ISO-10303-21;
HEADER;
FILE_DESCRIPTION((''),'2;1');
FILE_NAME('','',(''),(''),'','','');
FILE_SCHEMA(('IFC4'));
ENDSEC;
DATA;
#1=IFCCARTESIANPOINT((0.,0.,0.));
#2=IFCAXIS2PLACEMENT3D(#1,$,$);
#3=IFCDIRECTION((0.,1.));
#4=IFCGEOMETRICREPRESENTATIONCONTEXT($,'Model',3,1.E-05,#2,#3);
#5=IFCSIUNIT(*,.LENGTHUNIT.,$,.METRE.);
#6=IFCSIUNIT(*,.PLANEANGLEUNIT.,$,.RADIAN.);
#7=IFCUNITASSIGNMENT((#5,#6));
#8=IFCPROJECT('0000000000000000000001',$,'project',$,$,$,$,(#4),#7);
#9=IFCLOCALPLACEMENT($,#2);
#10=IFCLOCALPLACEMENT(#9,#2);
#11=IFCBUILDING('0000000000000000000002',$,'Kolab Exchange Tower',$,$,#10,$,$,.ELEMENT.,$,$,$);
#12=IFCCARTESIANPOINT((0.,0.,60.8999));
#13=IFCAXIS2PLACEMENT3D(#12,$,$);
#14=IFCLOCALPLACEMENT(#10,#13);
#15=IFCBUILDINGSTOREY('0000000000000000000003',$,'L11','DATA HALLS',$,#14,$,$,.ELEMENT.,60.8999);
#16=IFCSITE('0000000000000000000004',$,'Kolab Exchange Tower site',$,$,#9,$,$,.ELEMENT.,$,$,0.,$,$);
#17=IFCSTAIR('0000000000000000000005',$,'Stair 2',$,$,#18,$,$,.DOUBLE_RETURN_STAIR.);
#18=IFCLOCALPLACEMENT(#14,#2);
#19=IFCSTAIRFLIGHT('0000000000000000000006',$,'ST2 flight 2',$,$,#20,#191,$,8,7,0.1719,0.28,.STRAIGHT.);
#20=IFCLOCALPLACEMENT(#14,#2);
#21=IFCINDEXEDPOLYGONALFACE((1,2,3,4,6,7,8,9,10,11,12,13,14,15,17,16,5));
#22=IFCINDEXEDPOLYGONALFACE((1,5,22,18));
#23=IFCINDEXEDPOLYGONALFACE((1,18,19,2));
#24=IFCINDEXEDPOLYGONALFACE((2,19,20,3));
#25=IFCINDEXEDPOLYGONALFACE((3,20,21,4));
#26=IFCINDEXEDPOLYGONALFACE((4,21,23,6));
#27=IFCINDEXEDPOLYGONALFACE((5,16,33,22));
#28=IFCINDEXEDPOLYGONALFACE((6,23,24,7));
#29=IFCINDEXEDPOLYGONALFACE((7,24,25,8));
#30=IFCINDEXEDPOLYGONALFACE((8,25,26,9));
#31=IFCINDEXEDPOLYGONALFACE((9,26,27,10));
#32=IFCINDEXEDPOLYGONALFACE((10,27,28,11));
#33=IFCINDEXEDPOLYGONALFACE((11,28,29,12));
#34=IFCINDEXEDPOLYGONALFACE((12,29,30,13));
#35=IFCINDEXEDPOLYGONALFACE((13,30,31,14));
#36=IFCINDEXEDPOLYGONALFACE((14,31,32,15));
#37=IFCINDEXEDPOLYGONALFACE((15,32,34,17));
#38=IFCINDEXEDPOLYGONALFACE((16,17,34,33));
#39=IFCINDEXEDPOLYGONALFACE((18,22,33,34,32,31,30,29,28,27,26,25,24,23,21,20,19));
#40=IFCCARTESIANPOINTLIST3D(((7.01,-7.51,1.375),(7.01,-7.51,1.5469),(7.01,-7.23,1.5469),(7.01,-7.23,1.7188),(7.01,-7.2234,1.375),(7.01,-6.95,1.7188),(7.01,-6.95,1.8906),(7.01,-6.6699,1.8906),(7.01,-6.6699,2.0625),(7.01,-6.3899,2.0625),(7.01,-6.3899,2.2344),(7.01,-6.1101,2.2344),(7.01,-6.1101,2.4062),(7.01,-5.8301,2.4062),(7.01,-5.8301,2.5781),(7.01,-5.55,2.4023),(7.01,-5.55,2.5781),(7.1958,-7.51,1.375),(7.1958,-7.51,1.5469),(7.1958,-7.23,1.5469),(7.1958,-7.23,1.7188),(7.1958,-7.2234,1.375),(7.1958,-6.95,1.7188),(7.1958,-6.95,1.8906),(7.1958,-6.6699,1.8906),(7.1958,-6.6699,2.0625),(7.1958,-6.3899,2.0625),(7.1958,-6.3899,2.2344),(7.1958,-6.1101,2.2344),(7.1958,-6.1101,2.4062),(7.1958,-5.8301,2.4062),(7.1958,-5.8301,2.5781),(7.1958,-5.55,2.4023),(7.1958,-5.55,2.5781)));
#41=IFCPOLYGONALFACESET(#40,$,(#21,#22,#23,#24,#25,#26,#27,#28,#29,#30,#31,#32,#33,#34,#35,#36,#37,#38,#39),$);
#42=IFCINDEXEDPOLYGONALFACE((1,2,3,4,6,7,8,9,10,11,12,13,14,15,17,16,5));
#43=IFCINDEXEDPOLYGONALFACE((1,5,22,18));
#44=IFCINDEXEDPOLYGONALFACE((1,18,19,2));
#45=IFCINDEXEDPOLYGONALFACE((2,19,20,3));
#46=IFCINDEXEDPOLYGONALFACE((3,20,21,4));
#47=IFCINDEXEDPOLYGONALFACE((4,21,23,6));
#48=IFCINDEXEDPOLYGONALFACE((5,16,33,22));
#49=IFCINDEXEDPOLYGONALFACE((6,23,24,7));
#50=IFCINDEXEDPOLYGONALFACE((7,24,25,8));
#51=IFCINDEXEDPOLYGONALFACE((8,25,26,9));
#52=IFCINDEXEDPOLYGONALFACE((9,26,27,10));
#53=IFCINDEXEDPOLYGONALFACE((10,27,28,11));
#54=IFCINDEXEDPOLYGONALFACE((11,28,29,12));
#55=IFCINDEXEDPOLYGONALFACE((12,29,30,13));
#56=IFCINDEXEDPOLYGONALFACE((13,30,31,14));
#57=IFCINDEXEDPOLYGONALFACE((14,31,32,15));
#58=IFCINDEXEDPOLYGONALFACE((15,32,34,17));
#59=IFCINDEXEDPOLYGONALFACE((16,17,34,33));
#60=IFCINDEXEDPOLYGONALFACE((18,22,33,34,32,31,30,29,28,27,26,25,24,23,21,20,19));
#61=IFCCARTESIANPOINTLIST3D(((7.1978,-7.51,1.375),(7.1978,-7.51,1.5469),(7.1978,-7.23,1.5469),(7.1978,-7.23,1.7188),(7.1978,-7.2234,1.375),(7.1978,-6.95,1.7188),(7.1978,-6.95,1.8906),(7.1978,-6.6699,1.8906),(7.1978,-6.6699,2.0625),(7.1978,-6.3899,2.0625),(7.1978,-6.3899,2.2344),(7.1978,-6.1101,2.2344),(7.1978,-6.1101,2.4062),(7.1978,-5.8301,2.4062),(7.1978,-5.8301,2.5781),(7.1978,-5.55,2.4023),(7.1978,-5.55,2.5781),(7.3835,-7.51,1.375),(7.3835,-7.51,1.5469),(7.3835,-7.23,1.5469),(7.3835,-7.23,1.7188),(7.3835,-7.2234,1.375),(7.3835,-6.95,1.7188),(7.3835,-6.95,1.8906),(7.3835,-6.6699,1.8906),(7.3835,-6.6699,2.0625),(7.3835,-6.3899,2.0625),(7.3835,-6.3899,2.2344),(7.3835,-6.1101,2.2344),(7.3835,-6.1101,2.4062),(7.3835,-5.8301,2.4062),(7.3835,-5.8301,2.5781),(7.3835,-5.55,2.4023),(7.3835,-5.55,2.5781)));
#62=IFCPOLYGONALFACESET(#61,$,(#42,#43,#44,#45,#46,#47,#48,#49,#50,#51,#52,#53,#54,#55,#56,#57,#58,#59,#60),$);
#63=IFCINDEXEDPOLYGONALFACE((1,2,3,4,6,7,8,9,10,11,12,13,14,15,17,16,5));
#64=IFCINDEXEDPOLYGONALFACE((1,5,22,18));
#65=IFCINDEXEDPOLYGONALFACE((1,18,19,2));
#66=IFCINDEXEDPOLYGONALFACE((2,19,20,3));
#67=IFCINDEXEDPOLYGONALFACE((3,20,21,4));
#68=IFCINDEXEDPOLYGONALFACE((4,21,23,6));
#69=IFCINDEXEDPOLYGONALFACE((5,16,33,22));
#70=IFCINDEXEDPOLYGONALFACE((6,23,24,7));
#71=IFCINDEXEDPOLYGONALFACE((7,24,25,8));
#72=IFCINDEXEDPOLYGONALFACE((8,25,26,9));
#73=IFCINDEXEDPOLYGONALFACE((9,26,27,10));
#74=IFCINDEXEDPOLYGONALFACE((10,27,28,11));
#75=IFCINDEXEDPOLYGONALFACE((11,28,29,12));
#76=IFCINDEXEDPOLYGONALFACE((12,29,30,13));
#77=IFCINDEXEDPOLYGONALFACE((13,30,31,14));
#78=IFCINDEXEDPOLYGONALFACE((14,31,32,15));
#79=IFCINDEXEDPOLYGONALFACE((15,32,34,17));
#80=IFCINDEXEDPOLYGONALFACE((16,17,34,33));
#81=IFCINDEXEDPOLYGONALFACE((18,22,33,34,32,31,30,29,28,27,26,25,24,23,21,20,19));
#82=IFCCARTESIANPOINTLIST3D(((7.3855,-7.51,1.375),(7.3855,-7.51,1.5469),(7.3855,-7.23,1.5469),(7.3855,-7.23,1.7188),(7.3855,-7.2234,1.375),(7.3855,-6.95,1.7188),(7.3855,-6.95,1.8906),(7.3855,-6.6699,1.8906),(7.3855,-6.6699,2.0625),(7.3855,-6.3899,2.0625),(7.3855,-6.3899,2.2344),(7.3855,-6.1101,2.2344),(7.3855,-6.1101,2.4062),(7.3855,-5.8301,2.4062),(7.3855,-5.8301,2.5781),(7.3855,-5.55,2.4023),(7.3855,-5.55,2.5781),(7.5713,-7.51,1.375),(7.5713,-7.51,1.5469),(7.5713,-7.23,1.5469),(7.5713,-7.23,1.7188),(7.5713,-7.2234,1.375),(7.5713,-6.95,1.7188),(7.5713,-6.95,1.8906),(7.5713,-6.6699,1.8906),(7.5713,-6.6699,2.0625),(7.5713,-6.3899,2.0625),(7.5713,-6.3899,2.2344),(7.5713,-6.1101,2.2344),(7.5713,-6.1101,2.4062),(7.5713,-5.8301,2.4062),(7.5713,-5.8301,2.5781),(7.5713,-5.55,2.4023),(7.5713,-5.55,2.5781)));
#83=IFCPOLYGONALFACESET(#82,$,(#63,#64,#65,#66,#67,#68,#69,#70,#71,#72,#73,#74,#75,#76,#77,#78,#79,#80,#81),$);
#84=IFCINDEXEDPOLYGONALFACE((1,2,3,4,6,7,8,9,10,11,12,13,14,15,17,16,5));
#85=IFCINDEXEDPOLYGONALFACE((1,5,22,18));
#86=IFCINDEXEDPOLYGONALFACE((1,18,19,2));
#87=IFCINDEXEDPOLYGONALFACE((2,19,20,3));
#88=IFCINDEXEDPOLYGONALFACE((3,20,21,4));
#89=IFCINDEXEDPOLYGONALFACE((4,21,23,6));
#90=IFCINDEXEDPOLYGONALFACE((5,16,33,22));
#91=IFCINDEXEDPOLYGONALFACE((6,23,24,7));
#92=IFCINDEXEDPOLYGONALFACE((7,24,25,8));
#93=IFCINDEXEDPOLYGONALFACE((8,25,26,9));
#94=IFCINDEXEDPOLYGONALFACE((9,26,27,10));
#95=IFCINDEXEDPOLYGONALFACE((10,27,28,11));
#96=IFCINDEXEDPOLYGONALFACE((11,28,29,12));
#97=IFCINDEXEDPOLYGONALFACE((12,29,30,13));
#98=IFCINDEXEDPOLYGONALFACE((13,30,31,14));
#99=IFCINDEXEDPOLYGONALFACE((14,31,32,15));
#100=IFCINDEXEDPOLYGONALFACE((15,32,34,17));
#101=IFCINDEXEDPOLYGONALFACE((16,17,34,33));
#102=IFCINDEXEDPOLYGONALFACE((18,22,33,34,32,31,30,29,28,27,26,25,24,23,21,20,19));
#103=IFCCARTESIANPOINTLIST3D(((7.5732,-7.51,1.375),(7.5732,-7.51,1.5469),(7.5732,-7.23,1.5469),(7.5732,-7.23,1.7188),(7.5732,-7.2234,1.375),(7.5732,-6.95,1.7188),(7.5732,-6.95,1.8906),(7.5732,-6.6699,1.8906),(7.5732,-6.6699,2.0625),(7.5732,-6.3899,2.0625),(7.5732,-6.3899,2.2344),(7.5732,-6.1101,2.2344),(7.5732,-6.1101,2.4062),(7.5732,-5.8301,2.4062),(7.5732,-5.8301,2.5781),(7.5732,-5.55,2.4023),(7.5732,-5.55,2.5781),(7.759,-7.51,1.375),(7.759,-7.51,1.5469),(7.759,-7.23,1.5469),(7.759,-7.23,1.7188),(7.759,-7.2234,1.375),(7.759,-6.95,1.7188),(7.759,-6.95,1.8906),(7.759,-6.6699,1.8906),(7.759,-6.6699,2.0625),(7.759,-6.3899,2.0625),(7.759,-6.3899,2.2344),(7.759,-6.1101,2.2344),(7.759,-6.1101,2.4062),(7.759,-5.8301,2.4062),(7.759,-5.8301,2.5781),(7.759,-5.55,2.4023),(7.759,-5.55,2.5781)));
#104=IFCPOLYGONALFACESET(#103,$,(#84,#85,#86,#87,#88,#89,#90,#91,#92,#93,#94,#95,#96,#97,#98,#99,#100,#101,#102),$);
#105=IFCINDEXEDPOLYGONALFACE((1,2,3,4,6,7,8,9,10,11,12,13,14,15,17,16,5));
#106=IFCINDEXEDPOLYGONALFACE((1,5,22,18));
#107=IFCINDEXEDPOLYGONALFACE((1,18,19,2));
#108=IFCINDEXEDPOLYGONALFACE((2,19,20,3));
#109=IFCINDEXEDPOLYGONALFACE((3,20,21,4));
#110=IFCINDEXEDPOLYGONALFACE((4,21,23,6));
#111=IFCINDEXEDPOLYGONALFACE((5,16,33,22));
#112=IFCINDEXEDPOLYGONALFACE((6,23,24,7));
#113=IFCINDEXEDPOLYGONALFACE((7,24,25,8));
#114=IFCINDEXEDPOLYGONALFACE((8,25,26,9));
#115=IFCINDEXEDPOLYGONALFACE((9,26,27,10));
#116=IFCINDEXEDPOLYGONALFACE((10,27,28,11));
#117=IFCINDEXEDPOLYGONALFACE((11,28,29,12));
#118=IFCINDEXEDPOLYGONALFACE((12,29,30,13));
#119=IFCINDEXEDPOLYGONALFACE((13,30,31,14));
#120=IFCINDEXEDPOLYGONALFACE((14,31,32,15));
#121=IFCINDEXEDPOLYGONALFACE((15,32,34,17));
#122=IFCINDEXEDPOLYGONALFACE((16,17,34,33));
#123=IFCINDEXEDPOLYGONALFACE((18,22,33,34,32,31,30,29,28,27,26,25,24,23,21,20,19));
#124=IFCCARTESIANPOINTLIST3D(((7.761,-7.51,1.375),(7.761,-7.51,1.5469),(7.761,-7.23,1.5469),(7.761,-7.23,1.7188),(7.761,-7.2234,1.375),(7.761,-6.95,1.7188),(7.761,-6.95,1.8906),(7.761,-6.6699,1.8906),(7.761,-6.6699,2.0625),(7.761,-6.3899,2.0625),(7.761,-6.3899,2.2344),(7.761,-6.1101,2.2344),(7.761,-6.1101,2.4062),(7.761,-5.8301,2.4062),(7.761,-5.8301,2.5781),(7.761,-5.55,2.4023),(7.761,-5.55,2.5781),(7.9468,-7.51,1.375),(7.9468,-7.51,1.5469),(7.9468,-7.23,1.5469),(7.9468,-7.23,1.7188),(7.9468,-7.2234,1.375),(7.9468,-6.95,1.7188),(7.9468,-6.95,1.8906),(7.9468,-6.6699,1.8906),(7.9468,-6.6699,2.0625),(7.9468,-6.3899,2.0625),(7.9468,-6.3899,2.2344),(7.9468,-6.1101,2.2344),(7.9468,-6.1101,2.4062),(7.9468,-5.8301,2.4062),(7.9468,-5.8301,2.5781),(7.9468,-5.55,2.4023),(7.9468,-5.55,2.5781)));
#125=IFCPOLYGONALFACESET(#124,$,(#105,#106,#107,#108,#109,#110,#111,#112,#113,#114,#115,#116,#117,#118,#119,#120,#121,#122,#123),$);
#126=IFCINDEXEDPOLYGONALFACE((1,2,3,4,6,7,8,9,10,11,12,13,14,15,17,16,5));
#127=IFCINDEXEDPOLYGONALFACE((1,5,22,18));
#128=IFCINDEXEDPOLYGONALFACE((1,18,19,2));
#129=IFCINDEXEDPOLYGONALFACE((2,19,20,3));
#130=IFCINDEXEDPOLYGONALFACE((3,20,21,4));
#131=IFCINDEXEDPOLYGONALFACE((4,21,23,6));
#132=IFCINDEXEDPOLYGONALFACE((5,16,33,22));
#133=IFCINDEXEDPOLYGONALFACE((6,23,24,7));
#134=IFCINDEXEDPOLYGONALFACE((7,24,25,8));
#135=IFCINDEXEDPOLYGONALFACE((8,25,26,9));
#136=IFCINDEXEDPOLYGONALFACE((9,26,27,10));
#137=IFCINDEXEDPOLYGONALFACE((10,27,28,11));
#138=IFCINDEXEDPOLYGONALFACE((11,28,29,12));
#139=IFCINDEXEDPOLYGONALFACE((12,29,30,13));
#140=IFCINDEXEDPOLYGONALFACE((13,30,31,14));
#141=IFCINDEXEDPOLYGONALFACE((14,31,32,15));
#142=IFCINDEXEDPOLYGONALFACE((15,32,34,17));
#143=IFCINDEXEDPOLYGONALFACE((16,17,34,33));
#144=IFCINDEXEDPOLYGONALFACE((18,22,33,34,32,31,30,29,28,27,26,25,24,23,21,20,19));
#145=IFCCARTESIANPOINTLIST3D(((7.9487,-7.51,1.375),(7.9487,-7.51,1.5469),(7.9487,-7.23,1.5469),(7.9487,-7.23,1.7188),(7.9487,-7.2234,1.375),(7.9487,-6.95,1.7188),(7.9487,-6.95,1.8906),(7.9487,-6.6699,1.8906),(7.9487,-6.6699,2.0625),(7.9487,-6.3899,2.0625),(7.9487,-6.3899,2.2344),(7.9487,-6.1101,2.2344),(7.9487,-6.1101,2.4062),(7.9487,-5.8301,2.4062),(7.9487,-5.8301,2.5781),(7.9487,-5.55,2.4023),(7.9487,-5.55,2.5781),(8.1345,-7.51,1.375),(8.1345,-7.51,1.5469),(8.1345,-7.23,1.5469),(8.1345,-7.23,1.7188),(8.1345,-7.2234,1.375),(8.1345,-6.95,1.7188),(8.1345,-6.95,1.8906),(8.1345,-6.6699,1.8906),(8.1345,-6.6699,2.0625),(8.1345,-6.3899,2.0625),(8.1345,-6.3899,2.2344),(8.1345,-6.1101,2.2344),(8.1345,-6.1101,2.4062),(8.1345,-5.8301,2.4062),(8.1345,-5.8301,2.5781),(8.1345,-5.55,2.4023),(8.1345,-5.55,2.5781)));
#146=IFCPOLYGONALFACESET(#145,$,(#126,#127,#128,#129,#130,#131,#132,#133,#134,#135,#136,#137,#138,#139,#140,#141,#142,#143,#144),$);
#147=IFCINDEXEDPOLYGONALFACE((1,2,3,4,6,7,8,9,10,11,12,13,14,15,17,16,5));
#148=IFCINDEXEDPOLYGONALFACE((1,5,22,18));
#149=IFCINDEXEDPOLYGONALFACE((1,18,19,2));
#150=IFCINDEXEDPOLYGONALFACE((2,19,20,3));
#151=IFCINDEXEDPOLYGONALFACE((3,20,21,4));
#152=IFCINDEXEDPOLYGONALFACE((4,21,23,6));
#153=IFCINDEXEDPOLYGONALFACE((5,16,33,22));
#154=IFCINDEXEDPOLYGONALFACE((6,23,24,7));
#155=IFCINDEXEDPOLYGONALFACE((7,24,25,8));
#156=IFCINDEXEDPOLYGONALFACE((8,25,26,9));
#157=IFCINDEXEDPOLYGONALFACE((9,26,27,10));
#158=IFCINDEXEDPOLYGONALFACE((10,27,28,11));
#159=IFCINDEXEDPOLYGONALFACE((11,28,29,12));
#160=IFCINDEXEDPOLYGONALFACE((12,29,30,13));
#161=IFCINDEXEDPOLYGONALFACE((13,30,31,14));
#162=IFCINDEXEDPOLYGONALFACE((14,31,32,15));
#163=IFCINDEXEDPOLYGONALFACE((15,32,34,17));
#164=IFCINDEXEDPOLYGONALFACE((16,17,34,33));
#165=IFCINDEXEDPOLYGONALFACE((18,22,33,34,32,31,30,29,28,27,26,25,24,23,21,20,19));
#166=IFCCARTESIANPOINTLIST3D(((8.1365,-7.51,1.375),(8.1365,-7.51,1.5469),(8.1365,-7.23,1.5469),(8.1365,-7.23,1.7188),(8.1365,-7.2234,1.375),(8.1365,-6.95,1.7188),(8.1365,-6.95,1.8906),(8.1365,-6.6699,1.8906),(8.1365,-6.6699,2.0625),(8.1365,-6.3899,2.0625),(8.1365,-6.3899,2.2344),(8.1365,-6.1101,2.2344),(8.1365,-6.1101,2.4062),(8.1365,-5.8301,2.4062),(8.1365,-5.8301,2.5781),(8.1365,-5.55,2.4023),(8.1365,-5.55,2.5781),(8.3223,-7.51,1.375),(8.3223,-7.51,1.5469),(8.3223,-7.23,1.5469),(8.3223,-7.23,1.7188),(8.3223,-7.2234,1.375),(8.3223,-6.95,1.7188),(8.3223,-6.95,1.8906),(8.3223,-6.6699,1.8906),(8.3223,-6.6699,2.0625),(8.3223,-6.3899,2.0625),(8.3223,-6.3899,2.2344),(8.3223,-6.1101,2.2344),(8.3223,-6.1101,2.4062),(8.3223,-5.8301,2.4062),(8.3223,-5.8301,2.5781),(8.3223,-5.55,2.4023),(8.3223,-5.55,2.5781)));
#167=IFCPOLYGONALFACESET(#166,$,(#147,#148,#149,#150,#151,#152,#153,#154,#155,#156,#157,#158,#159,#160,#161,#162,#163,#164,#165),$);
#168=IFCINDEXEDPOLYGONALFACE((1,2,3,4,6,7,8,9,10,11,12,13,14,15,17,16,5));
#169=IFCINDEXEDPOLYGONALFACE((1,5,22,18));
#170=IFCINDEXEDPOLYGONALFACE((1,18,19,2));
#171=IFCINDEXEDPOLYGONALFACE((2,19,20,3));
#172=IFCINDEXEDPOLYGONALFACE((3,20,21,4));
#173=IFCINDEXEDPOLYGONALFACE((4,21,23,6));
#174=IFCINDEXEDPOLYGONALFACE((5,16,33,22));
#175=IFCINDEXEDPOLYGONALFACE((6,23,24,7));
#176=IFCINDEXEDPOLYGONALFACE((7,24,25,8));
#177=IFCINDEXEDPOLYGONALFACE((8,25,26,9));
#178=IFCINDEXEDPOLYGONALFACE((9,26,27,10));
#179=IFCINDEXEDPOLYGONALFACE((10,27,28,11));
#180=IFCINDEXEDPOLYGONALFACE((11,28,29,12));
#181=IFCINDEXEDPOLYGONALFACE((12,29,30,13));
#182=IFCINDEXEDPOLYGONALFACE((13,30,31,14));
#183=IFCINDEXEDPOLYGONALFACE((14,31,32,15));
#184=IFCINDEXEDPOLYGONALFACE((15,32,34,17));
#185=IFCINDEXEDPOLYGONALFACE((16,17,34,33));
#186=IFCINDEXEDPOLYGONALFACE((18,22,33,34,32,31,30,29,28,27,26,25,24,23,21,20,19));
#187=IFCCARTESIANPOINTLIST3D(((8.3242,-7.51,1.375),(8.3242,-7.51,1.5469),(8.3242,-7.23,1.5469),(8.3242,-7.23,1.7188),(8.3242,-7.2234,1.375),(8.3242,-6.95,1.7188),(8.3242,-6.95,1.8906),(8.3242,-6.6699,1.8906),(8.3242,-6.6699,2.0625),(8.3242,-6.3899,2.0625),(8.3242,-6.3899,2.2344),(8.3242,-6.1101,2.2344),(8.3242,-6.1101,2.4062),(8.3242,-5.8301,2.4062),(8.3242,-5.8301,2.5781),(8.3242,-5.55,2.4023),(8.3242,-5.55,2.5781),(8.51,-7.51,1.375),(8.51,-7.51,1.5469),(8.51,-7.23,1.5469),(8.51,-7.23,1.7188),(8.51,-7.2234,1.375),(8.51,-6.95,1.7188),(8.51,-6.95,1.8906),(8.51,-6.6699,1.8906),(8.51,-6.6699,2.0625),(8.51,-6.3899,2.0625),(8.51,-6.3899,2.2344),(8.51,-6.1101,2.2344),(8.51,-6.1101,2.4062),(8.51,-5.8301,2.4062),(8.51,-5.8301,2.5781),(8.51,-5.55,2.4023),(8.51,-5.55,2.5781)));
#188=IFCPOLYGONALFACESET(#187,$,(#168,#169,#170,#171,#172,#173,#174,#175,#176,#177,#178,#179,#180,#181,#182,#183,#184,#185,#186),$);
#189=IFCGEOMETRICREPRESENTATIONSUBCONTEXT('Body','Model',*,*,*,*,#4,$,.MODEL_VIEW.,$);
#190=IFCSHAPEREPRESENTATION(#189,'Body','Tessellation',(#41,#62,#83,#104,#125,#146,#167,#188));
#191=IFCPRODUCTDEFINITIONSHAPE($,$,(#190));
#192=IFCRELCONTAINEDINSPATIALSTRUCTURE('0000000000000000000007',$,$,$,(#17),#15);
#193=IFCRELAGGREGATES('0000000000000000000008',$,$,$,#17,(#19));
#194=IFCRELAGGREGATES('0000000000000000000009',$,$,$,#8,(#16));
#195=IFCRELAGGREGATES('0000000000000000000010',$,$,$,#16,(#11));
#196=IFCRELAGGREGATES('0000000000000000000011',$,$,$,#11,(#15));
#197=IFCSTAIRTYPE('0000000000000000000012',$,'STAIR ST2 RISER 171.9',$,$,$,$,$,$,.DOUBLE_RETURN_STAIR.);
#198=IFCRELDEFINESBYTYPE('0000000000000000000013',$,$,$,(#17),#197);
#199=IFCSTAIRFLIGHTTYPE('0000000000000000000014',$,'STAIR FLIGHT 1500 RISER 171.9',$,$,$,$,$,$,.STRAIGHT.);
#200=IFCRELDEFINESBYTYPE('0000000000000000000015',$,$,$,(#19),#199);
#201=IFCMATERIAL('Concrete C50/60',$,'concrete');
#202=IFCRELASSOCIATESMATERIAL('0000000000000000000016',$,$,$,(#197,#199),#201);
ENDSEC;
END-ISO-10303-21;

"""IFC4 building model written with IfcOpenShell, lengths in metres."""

from ifc_helpers import new_model, si_unit, direction, frame, origin, place, context, subcontext, project, spatial, polyline, outline, extrude, material, type_object, element, aggregate, save


model = new_model("IFC4")

# Units and contexts
model_context = context("Model", 3, precision=1e-05, world=origin(), true_north=direction((0.0, 1.0)))
body_context = subcontext(model_context, "Body", "Model", "MODEL_VIEW")
ifc_project = project(units=[si_unit("LENGTHUNIT", "METRE"), si_unit("PLANEANGLEUNIT", "RADIAN")], contexts=[model_context])

# Site, building, storey
site_placement = place(None, origin())
site = spatial("IfcSite", under=ifc_project, at=site_placement, Name="Kolab Exchange Tower site", CompositionType="ELEMENT", RefElevation=0.0)
building_placement = place(site_placement, origin())
building = spatial("IfcBuilding", under=site, at=building_placement, Name="Kolab Exchange Tower", CompositionType="ELEMENT")
storey_placement = place(building_placement, frame((0.0, 0.0, 60.8999)))
storey = spatial("IfcBuildingStorey", under=building, at=storey_placement, Name="L11", Description="DATA HALLS", CompositionType="ELEMENT", Elevation=60.8999)

# Shared definitions
ifc_material_1 = material(Name="Concrete C50/60", Category="concrete")

# Stair, stair flight
stair_type = type_object("IfcStairType", Name="STAIR ST2 RISER 171.9", PredefinedType="DOUBLE_RETURN_STAIR", material=ifc_material_1)
stair_placement = place(storey_placement, origin())
stair = element("IfcStair", 1, at=stair_placement, inside=storey, type_object=stair_type, Name="Stair 2", PredefinedType="DOUBLE_RETURN_STAIR")
stair_flight_type = type_object("IfcStairFlightType", Name="STAIR FLIGHT 1500 RISER 171.9", PredefinedType="STRAIGHT", material=ifc_material_1)
stair_flight_1_placement = place(storey_placement, frame((7.76, -7.51, 1.375), z_axis=(0.0, 0.0, 1.0), x_axis=(0.0, 1.0, 0.0)))
stair_flight_1 = element("IfcStairFlight", 2, at=stair_flight_1_placement, type_object=stair_flight_type, Name="ST2 flight 2", NumberOfRisers=8, NumberOfTreads=7, PredefinedType="STRAIGHT", RiserHeight=0.1719, TreadLength=0.28, context=body_context, shape_type="SweptSolid", body=[
    extrude(outline(polyline([(0.0, 0.0), (0.0, 0.1719), (0.28, 0.1719), (0.28, 0.3438), (0.5601, 0.3438), (0.5601, 0.5156), (0.8401, 0.5156), (0.8401, 0.6875), (1.1201, 0.6875), (1.1201, 0.8594), (1.3999, 0.8594), (1.3999, 1.0312), (1.6799, 1.0312), (1.6799, 1.2031), (1.96, 1.2031), (1.96, 1.375), (1.96, 1.0273), (0.2866, 0.0), (0.0, 0.0)])), frame((0.0, 0.75, 0.0), z_axis=(0.0, -1.0, 0.0), x_axis=(1.0, 0.0, 0.0)), (0.0, 0.0, 1.0), 0.1858),
    extrude(outline(polyline([(0.0, 0.0), (0.0, 0.1719), (0.28, 0.1719), (0.28, 0.3438), (0.5601, 0.3438), (0.5601, 0.5156), (0.8401, 0.5156), (0.8401, 0.6875), (1.1201, 0.6875), (1.1201, 0.8594), (1.3999, 0.8594), (1.3999, 1.0312), (1.6799, 1.0312), (1.6799, 1.2031), (1.96, 1.2031), (1.96, 1.375), (1.96, 1.0273), (0.2866, 0.0), (0.0, 0.0)])), frame((0.0, 0.5623, 0.0), z_axis=(0.0, -1.0, 0.0), x_axis=(1.0, 0.0, 0.0)), (0.0, 0.0, 1.0), 0.1858),
    extrude(outline(polyline([(0.0, 0.0), (0.0, 0.1719), (0.28, 0.1719), (0.28, 0.3438), (0.5601, 0.3438), (0.5601, 0.5156), (0.8401, 0.5156), (0.8401, 0.6875), (1.1201, 0.6875), (1.1201, 0.8594), (1.3999, 0.8594), (1.3999, 1.0312), (1.6799, 1.0312), (1.6799, 1.2031), (1.96, 1.2031), (1.96, 1.375), (1.96, 1.0273), (0.2866, 0.0), (0.0, 0.0)])), frame((0.0, 0.3745, 0.0), z_axis=(0.0, -1.0, 0.0), x_axis=(1.0, 0.0, 0.0)), (0.0, 0.0, 1.0), 0.1858),
    extrude(outline(polyline([(0.0, 0.0), (0.0, 0.1719), (0.28, 0.1719), (0.28, 0.3438), (0.5601, 0.3438), (0.5601, 0.5156), (0.8401, 0.5156), (0.8401, 0.6875), (1.1201, 0.6875), (1.1201, 0.8594), (1.3999, 0.8594), (1.3999, 1.0312), (1.6799, 1.0312), (1.6799, 1.2031), (1.96, 1.2031), (1.96, 1.375), (1.96, 1.0273), (0.2866, 0.0), (0.0, 0.0)])), frame((0.0, 0.1868, 0.0), z_axis=(0.0, -1.0, 0.0), x_axis=(1.0, 0.0, 0.0)), (0.0, 0.0, 1.0), 0.1858),
    extrude(outline(polyline([(0.0, 0.0), (0.0, 0.1719), (0.28, 0.1719), (0.28, 0.3438), (0.5601, 0.3438), (0.5601, 0.5156), (0.8401, 0.5156), (0.8401, 0.6875), (1.1201, 0.6875), (1.1201, 0.8594), (1.3999, 0.8594), (1.3999, 1.0312), (1.6799, 1.0312), (1.6799, 1.2031), (1.96, 1.2031), (1.96, 1.375), (1.96, 1.0273), (0.2866, 0.0), (0.0, 0.0)])), frame((0.0, -0.001, 0.0), z_axis=(0.0, -1.0, 0.0), x_axis=(1.0, 0.0, 0.0)), (0.0, 0.0, 1.0), 0.1858),
    extrude(outline(polyline([(0.0, 0.0), (0.0, 0.1719), (0.28, 0.1719), (0.28, 0.3438), (0.5601, 0.3438), (0.5601, 0.5156), (0.8401, 0.5156), (0.8401, 0.6875), (1.1201, 0.6875), (1.1201, 0.8594), (1.3999, 0.8594), (1.3999, 1.0312), (1.6799, 1.0312), (1.6799, 1.2031), (1.96, 1.2031), (1.96, 1.375), (1.96, 1.0273), (0.2866, 0.0), (0.0, 0.0)])), frame((0.0, -0.1887, 0.0), z_axis=(0.0, -1.0, 0.0), x_axis=(1.0, 0.0, 0.0)), (0.0, 0.0, 1.0), 0.1858),
    extrude(outline(polyline([(0.0, 0.0), (0.0, 0.1719), (0.28, 0.1719), (0.28, 0.3438), (0.5601, 0.3438), (0.5601, 0.5156), (0.8401, 0.5156), (0.8401, 0.6875), (1.1201, 0.6875), (1.1201, 0.8594), (1.3999, 0.8594), (1.3999, 1.0312), (1.6799, 1.0312), (1.6799, 1.2031), (1.96, 1.2031), (1.96, 1.375), (1.96, 1.0273), (0.2866, 0.0), (0.0, 0.0)])), frame((0.0, -0.3765, 0.0), z_axis=(0.0, -1.0, 0.0), x_axis=(1.0, 0.0, 0.0)), (0.0, 0.0, 1.0), 0.1858),
    extrude(outline(polyline([(0.0, 0.0), (0.0, 0.1719), (0.28, 0.1719), (0.28, 0.3438), (0.5601, 0.3438), (0.5601, 0.5156), (0.8401, 0.5156), (0.8401, 0.6875), (1.1201, 0.6875), (1.1201, 0.8594), (1.3999, 0.8594), (1.3999, 1.0312), (1.6799, 1.0312), (1.6799, 1.2031), (1.96, 1.2031), (1.96, 1.375), (1.96, 1.0273), (0.2866, 0.0), (0.0, 0.0)])), frame((0.0, -0.5642, 0.0), z_axis=(0.0, -1.0, 0.0), x_axis=(1.0, 0.0, 0.0)), (0.0, 0.0, 1.0), 0.1858),
])
aggregate(stair, [stair_flight_1])

save(model, "model.ifc")
